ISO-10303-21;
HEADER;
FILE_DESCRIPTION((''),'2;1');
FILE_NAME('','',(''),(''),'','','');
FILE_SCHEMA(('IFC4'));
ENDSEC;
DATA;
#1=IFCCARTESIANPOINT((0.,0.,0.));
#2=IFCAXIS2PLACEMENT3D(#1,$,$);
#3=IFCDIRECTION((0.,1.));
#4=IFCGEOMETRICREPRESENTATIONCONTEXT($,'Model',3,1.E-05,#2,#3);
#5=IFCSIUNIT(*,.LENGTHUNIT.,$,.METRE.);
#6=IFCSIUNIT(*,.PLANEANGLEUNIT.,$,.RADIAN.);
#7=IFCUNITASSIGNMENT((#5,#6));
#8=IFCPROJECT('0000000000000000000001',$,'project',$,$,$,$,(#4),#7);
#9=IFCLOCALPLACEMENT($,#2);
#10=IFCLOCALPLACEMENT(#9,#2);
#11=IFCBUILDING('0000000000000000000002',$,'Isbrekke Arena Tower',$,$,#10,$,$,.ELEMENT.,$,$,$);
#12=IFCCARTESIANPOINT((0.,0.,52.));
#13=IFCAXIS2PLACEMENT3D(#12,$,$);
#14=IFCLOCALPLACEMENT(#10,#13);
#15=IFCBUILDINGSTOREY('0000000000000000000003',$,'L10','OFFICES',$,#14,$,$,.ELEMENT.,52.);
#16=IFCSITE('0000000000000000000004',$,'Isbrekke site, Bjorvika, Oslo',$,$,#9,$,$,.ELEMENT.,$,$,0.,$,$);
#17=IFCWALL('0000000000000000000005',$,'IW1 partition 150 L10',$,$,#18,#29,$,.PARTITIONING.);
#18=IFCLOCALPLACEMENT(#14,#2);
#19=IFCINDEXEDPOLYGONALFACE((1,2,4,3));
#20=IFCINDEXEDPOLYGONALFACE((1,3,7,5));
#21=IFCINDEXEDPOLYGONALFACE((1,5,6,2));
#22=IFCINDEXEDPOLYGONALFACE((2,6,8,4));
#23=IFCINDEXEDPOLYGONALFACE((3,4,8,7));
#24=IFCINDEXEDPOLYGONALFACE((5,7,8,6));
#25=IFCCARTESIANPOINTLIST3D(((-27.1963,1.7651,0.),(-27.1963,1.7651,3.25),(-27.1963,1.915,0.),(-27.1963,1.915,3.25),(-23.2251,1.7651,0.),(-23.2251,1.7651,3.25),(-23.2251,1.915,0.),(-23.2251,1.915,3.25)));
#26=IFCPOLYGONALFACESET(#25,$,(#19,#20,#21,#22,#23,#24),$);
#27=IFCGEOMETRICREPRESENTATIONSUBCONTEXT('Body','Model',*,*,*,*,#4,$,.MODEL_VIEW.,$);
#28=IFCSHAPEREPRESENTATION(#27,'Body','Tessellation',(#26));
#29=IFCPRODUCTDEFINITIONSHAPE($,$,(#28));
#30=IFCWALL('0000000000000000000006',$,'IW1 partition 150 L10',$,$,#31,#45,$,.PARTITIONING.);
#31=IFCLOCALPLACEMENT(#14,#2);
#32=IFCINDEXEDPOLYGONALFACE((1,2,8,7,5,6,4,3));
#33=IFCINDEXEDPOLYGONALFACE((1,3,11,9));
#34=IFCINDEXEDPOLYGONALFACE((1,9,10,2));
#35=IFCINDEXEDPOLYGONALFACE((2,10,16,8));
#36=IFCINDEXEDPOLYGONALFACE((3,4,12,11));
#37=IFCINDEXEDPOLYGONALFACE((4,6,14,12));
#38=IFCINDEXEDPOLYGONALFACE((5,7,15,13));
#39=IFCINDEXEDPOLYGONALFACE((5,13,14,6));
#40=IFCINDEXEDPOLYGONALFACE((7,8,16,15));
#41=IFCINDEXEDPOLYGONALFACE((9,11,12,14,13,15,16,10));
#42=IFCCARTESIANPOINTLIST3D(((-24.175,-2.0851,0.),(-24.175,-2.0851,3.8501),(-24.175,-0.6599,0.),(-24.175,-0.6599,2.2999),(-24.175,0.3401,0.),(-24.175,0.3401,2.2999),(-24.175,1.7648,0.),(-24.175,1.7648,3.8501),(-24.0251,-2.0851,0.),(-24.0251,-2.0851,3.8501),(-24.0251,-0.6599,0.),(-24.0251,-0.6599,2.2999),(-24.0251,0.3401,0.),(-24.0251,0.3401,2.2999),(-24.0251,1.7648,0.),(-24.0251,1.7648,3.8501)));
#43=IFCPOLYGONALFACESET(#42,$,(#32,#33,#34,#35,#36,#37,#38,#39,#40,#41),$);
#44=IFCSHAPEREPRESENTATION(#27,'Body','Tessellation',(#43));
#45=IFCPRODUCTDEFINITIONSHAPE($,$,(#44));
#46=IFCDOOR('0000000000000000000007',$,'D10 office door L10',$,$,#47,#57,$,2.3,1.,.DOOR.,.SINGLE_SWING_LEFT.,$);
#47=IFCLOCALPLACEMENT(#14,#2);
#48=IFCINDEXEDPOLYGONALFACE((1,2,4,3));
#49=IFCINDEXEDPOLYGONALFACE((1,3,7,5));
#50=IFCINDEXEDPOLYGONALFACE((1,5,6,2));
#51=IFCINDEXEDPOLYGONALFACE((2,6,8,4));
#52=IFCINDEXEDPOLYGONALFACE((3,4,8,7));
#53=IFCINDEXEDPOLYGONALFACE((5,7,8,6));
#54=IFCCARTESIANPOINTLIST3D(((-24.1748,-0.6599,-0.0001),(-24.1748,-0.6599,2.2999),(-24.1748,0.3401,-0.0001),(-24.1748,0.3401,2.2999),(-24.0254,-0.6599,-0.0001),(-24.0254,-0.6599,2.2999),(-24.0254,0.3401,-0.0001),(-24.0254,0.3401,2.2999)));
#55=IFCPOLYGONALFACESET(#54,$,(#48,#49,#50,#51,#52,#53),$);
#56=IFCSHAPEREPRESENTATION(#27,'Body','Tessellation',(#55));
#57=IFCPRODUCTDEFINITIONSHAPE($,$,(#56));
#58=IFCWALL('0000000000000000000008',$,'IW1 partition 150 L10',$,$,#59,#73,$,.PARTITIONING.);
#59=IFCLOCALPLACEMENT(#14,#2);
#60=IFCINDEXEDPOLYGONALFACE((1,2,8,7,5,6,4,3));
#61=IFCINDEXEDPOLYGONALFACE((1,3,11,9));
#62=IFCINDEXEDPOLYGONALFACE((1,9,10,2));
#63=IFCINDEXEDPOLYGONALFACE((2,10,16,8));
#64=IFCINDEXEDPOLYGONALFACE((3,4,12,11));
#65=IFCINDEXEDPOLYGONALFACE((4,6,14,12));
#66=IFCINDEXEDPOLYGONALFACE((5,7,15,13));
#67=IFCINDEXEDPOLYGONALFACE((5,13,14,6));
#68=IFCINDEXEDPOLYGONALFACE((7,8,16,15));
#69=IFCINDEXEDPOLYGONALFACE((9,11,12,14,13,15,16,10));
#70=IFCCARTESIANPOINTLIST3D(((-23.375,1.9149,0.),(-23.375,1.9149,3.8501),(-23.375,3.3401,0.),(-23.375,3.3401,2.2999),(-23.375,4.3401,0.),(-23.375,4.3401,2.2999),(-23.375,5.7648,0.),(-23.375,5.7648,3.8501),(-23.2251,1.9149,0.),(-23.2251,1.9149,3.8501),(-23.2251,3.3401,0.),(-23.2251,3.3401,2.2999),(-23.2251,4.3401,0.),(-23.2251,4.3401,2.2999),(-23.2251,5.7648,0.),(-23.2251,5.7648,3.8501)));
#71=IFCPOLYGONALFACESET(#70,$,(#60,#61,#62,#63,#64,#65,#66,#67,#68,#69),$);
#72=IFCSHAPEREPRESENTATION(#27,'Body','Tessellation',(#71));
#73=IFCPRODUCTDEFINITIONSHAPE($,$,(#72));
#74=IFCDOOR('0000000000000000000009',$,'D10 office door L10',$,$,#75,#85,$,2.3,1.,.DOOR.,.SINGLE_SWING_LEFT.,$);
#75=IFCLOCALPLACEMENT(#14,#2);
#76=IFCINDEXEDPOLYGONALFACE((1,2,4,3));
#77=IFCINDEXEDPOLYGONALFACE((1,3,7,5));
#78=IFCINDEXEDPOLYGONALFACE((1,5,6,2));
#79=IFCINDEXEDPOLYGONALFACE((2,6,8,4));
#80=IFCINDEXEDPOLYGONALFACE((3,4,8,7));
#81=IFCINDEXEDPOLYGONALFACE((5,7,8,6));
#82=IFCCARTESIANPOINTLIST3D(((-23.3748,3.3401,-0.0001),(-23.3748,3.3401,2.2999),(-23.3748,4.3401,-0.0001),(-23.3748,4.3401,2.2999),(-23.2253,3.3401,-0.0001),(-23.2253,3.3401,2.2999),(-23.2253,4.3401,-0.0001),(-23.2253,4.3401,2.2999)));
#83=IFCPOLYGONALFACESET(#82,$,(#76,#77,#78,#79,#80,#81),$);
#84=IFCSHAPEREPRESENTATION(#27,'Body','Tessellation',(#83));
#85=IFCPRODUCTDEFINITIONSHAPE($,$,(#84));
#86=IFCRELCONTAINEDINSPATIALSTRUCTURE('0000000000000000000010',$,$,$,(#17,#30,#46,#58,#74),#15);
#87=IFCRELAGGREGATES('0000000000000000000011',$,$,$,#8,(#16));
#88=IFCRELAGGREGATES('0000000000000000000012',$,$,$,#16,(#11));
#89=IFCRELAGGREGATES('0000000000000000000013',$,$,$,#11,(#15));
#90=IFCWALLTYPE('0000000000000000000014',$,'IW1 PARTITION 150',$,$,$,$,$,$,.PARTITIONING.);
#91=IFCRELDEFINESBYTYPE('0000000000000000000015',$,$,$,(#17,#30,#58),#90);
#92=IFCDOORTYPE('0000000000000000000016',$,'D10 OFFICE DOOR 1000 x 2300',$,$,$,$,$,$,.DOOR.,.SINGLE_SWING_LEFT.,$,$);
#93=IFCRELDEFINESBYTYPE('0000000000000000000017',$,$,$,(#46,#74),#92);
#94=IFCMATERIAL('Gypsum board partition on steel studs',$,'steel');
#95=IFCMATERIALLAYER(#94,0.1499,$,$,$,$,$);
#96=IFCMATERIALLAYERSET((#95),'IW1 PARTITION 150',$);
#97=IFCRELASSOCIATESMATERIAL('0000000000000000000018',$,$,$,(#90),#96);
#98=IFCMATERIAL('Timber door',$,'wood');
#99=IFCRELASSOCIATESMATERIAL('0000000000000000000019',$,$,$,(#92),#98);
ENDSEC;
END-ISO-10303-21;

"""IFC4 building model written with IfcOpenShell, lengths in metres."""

from ifc_helpers import new_model, si_unit, direction, frame, frame_2d, origin, place, context, subcontext, project, spatial, rectangle, extrude, material, layer, layer_set, type_object, element, fill, save


model = new_model("IFC4")

# Units and contexts
model_context = context("Model", 3, precision=1e-05, world=origin(), true_north=direction((0.0, 1.0)))
body_context = subcontext(model_context, "Body", "Model", "MODEL_VIEW")
ifc_project = project(units=[si_unit("LENGTHUNIT", "METRE"), si_unit("PLANEANGLEUNIT", "RADIAN")], contexts=[model_context])

# Site, building, storey
site_placement = place(None, origin())
site = spatial("IfcSite", under=ifc_project, at=site_placement, Name="Isbrekke site, Bjorvika, Oslo", CompositionType="ELEMENT", RefElevation=0.0)
building_placement = place(site_placement, origin())
building = spatial("IfcBuilding", under=site, at=building_placement, Name="Isbrekke Arena Tower", CompositionType="ELEMENT")
storey_placement = place(building_placement, frame((0.0, 0.0, 52.0)))
storey = spatial("IfcBuildingStorey", under=building, at=storey_placement, Name="L10", Description="OFFICES", CompositionType="ELEMENT", Elevation=52.0)

# Wall
ifc_material_1 = material(Name="Gypsum board partition on steel studs", Category="steel")
ifc_layer_1 = layer(ifc_material_1, 0.1499)
ifc_layer_set_1 = layer_set([ifc_layer_1], Name="IW1 PARTITION 150")
wall_type = type_object("IfcWallType", Name="IW1 PARTITION 150", PredefinedType="PARTITIONING", material=ifc_layer_set_1)
wall_1_placement = place(storey_placement, frame((-27.1963, 1.8401, 0.0), z_axis=(0.0, 0.0, 1.0), x_axis=(1.0, 0.0, 0.0)))
element("IfcWall", 1, at=wall_1_placement, inside=storey, type_object=wall_type, Name="IW1 partition 150 L10", PredefinedType="PARTITIONING", context=body_context, shape_type="SweptSolid", body=[
    extrude(rectangle(XDim=3.9712, YDim=0.1499, at=frame_2d((1.9856, 0.0))), origin(), (0.0, 0.0, 1.0), 3.25),
])

# Walls, openings, doors
wall_2_placement = place(storey_placement, frame((-24.1001, -2.085, 0.0), z_axis=(0.0, 0.0, 1.0), x_axis=(0.0, 1.0, 0.0)))
wall_2 = element("IfcWall", 2, at=wall_2_placement, inside=storey, type_object=wall_type, Name="IW1 partition 150 L10", PredefinedType="PARTITIONING", context=body_context, shape_type="SweptSolid", body=[
    extrude(rectangle(XDim=3.8499, YDim=0.1499, at=frame_2d((1.9248, 0.0))), origin(), (0.0, 0.0, 1.0), 3.8501),
])
opening_1_placement = place(wall_2_placement, frame((1.425, 0.0, 0.0)))
opening_1 = element("IfcOpeningElement", 3, at=opening_1_placement, cuts=wall_2, PredefinedType="OPENING", context=body_context, shape_type="SweptSolid", body=[
    extrude(rectangle(XDim=1.0, YDim=2.3, at=frame_2d((0.5, 1.1499))), frame((0.0, 0.0898, 0.0), z_axis=(0.0, -1.0, 0.0), x_axis=(1.0, 0.0, 0.0)), (0.0, 0.0, 1.0), 0.1797),
])
ifc_material_2 = material(Name="Timber door", Category="wood")
door_type = type_object("IfcDoorType", Name="D10 OFFICE DOOR 1000 x 2300", OperationType="SINGLE_SWING_LEFT", PredefinedType="DOOR", material=ifc_material_2)
door_1_placement = place(opening_1_placement, origin())
door_1 = element("IfcDoor", 4, at=door_1_placement, inside=storey, type_object=door_type, Name="D10 office door L10", OperationType="SINGLE_SWING_LEFT", OverallHeight=2.3, OverallWidth=1.0, PredefinedType="DOOR", context=body_context, shape_type="SweptSolid", body=[
    extrude(rectangle(XDim=1.0, YDim=2.3, at=frame_2d((0.5, 1.1499))), frame((0.0, 0.0747, 0.0), z_axis=(0.0, -1.0, 0.0), x_axis=(1.0, 0.0, 0.0)), (0.0, 0.0, 1.0), 0.1494),
])
fill(opening_1, door_1)
wall_3_placement = place(storey_placement, frame((-23.3, 1.915, 0.0), z_axis=(0.0, 0.0, 1.0), x_axis=(0.0, 1.0, 0.0)))
wall_3 = element("IfcWall", 5, at=wall_3_placement, inside=storey, type_object=wall_type, Name="IW1 partition 150 L10", PredefinedType="PARTITIONING", context=body_context, shape_type="SweptSolid", body=[
    extrude(rectangle(XDim=3.8499, YDim=0.1499, at=frame_2d((1.9248, 0.0))), origin(), (0.0, 0.0, 1.0), 3.8501),
])
opening_2_placement = place(wall_3_placement, frame((1.425, 0.0, 0.0)))
opening_2 = element("IfcOpeningElement", 6, at=opening_2_placement, cuts=wall_3, PredefinedType="OPENING", context=body_context, shape_type="SweptSolid", body=[
    extrude(rectangle(XDim=1.0, YDim=2.3, at=frame_2d((0.5, 1.1499))), frame((0.0, 0.0898, 0.0), z_axis=(0.0, -1.0, 0.0), x_axis=(1.0, 0.0, 0.0)), (0.0, 0.0, 1.0), 0.1797),
])
door_2_placement = place(opening_2_placement, origin())
door_2 = element("IfcDoor", 7, at=door_2_placement, inside=storey, type_object=door_type, Name="D10 office door L10", OperationType="SINGLE_SWING_LEFT", OverallHeight=2.3, OverallWidth=1.0, PredefinedType="DOOR", context=body_context, shape_type="SweptSolid", body=[
    extrude(rectangle(XDim=1.0, YDim=2.3, at=frame_2d((0.5, 1.1499))), frame((0.0, 0.0747, 0.0), z_axis=(0.0, -1.0, 0.0), x_axis=(1.0, 0.0, 0.0)), (0.0, 0.0, 1.0), 0.1494),
])
fill(opening_2, door_2)

save(model, "model.ifc")
